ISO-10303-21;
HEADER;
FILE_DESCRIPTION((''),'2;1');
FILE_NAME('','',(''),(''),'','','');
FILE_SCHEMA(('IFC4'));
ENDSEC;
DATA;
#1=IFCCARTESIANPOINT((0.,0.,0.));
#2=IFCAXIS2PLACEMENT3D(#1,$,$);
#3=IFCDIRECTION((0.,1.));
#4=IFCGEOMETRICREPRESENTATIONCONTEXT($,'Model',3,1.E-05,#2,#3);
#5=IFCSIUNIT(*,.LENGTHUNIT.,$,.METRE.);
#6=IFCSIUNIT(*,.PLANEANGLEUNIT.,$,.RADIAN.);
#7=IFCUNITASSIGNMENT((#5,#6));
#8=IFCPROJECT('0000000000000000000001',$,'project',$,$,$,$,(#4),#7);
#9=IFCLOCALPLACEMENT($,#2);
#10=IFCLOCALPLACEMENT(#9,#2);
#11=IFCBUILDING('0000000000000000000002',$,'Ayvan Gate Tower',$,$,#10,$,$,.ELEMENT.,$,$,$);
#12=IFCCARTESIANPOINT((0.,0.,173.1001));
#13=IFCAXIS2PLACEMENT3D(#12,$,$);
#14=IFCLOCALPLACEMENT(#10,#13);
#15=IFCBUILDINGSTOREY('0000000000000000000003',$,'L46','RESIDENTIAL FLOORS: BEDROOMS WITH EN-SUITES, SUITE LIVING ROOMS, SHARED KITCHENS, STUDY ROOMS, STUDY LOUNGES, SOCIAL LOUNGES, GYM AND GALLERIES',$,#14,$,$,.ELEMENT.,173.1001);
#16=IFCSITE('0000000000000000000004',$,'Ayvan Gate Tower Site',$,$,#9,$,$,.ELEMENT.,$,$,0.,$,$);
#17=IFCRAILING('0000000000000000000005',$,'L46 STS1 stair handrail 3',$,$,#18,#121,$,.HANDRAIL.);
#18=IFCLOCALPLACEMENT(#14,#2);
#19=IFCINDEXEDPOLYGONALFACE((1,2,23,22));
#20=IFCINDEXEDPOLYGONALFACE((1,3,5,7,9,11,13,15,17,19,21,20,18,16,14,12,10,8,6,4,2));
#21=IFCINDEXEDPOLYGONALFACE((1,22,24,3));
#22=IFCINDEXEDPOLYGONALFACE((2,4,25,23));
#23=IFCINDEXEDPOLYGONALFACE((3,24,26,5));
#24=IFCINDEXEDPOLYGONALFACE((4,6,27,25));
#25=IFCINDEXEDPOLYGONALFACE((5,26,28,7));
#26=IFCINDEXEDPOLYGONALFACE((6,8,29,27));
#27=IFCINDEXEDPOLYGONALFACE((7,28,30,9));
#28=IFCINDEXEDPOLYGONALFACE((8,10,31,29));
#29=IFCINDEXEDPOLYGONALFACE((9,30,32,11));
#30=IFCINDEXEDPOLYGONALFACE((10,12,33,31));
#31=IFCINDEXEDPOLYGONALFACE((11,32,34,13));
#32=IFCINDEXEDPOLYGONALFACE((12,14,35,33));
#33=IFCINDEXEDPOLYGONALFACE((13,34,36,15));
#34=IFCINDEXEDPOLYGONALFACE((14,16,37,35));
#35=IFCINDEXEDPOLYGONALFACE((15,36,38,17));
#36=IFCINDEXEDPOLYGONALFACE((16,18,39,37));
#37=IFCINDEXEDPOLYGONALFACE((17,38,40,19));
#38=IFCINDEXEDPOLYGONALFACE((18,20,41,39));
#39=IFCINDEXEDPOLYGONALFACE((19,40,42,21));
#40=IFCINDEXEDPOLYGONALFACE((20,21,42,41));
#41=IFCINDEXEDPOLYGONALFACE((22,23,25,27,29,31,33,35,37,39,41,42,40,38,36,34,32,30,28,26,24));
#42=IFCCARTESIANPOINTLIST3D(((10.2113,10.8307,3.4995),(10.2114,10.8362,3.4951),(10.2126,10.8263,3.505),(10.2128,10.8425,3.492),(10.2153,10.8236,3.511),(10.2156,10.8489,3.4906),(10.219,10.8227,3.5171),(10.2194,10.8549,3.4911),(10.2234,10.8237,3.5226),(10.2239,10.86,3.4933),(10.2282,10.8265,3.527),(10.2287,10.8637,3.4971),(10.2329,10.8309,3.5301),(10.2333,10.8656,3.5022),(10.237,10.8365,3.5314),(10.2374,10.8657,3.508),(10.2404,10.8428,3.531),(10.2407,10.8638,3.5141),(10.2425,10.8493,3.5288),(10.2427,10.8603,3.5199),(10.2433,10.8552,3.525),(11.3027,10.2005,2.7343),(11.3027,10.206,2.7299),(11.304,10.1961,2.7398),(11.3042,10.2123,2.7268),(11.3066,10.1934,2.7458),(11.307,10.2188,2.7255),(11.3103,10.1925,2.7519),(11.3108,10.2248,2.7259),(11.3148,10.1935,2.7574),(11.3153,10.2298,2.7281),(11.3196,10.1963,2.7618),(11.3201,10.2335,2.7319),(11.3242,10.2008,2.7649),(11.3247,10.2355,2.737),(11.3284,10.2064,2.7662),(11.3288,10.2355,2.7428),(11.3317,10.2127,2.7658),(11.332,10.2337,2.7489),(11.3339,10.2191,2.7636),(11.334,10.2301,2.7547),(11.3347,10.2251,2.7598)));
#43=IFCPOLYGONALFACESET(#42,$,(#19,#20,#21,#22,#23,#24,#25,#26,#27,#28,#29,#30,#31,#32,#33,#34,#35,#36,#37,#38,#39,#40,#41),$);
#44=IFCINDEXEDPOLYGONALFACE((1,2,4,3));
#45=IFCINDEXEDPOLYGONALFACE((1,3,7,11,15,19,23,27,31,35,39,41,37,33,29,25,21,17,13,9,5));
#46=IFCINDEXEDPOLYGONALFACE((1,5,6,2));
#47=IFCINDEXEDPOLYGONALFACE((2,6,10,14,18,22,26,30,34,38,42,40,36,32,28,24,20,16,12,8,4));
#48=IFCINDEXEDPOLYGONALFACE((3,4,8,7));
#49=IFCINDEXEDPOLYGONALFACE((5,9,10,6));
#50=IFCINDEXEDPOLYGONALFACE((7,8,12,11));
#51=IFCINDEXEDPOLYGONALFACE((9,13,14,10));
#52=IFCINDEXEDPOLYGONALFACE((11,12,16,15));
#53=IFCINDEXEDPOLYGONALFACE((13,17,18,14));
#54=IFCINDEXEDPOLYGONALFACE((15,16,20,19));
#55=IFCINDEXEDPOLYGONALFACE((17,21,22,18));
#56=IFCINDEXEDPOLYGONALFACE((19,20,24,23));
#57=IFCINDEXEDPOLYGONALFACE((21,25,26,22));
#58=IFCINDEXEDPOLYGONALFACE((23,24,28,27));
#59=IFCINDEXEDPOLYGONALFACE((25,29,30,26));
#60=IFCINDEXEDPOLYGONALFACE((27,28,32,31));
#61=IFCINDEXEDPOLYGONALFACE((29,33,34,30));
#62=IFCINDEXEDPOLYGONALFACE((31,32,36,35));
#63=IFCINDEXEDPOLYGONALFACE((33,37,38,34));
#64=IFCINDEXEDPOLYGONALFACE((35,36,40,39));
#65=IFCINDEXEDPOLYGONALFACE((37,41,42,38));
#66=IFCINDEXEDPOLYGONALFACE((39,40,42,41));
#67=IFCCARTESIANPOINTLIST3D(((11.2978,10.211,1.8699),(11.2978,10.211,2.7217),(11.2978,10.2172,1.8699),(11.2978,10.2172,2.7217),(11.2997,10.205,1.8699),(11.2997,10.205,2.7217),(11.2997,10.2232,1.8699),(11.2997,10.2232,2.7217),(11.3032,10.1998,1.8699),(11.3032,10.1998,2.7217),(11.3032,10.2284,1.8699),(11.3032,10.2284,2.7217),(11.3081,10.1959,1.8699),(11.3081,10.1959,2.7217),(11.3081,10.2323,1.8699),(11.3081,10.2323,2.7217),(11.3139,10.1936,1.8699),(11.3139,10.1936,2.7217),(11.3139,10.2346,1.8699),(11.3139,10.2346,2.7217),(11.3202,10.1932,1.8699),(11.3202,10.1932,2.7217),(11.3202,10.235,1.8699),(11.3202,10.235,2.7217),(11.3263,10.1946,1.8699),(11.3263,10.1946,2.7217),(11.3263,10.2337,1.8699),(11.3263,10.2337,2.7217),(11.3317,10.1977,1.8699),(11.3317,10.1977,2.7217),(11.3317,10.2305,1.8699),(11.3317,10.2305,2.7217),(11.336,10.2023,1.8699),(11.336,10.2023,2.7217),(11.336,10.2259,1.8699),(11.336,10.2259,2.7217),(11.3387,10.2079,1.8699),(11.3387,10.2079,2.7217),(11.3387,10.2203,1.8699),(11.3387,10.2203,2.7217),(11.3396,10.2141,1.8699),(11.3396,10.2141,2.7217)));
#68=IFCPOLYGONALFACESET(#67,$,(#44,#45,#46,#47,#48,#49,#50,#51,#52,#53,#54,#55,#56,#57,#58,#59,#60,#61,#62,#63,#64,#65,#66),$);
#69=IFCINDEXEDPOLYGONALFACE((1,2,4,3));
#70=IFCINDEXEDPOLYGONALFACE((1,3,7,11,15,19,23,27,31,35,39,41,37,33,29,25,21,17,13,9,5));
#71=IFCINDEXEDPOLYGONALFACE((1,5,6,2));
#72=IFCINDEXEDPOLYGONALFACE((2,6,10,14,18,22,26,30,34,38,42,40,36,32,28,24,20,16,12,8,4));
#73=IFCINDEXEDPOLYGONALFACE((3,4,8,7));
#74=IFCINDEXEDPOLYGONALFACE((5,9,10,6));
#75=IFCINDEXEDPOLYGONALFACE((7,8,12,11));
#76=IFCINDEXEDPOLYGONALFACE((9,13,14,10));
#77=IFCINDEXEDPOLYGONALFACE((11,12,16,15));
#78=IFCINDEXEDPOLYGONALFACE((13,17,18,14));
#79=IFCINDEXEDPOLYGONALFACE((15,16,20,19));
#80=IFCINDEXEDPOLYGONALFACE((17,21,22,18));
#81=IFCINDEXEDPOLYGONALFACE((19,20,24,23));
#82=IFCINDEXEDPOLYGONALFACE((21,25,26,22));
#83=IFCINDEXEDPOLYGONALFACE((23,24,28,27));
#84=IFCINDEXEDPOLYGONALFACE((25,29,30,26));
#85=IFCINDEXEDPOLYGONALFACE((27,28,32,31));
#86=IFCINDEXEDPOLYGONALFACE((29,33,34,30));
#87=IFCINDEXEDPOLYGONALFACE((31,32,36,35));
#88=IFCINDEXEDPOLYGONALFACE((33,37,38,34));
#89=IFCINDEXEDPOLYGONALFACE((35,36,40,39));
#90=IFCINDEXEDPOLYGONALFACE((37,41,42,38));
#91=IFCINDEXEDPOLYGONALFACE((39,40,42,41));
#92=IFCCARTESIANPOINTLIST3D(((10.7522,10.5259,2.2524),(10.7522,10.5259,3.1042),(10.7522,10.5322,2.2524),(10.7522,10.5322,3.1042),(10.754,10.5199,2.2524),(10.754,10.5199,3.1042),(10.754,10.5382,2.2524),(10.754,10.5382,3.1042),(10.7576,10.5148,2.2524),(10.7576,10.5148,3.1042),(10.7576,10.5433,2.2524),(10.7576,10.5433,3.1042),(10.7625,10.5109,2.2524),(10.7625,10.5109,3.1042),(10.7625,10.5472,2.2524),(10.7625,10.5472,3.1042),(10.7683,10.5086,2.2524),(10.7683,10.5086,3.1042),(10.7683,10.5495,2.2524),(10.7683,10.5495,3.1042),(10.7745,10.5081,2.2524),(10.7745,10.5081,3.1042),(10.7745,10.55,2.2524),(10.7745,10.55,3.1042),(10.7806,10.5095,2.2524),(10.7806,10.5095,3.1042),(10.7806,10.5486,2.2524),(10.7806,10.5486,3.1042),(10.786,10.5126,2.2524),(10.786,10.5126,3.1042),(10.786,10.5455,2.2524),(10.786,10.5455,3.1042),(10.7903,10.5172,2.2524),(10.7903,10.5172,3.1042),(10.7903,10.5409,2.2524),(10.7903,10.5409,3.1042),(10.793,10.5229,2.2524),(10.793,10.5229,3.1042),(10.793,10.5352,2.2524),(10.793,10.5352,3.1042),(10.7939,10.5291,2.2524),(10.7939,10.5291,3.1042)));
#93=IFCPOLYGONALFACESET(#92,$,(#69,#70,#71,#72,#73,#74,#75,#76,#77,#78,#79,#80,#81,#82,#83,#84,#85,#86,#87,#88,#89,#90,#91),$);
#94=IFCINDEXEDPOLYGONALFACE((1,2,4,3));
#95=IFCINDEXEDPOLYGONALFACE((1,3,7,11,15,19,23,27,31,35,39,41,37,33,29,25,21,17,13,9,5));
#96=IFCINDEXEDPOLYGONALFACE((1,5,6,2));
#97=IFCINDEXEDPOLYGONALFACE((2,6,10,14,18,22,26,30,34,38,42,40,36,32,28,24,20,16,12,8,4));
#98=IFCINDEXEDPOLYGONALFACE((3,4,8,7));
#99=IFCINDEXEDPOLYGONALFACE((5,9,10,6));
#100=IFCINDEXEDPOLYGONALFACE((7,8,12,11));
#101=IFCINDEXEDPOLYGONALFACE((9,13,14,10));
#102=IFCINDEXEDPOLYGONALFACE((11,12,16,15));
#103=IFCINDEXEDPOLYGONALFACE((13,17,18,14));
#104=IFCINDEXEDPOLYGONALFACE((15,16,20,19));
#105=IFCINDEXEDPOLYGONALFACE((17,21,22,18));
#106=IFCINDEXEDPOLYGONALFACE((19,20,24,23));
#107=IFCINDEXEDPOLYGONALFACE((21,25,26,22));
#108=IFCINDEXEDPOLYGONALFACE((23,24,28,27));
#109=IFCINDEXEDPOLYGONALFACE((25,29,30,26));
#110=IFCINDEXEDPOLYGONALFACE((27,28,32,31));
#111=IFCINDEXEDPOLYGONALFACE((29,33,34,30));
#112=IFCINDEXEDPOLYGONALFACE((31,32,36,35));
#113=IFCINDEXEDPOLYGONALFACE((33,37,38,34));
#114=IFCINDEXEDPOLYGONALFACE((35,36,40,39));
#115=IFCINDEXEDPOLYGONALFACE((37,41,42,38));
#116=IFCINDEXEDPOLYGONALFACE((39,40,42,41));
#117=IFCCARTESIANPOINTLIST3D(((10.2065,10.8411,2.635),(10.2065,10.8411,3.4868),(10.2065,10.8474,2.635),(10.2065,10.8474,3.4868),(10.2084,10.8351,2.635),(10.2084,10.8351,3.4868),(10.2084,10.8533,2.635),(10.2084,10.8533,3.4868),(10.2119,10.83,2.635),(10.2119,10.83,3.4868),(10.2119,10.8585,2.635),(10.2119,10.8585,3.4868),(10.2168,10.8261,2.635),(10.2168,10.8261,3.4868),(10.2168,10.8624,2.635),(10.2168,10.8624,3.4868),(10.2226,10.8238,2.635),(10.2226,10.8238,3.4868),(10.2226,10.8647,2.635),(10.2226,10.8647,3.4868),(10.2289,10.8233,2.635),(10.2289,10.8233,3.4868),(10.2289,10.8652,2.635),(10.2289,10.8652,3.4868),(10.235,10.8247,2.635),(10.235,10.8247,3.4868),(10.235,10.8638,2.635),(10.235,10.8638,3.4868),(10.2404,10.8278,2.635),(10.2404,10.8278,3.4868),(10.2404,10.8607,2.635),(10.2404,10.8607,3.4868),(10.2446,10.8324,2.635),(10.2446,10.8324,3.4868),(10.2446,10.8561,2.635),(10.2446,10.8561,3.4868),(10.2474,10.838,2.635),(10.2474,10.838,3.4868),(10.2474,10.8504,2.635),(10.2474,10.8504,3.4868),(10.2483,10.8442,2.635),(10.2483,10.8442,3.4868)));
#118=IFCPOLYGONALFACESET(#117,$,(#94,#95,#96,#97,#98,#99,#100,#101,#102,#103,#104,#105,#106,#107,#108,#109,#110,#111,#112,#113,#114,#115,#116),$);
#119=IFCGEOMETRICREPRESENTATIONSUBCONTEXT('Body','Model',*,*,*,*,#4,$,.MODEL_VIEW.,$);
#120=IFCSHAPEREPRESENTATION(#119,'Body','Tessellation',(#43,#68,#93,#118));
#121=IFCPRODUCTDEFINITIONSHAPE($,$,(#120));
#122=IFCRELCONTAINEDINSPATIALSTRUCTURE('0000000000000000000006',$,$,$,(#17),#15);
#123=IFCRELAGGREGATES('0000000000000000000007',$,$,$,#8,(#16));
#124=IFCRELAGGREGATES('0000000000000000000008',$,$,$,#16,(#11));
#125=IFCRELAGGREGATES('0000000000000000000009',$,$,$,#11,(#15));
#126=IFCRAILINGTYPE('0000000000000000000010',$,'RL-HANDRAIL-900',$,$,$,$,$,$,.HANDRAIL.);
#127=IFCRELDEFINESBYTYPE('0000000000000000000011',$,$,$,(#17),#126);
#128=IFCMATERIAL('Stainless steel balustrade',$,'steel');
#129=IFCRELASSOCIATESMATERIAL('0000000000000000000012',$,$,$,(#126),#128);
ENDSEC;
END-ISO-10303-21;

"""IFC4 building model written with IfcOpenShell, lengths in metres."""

from ifc_helpers import new_model, si_unit, direction, frame, origin, origin_2d, place, context, subcontext, project, spatial, circle, extrude, material, type_object, element, save


model = new_model("IFC4")

# Units and contexts
model_context = context("Model", 3, precision=1e-05, world=origin(), true_north=direction((0.0, 1.0)))
body_context = subcontext(model_context, "Body", "Model", "MODEL_VIEW")
ifc_project = project(units=[si_unit("LENGTHUNIT", "METRE"), si_unit("PLANEANGLEUNIT", "RADIAN")], contexts=[model_context])

# Site, building, storey
site_placement = place(None, origin())
site = spatial("IfcSite", under=ifc_project, at=site_placement, Name="Ayvan Gate Tower Site", CompositionType="ELEMENT", RefElevation=0.0)
building_placement = place(site_placement, origin())
building = spatial("IfcBuilding", under=site, at=building_placement, Name="Ayvan Gate Tower", CompositionType="ELEMENT")
storey_placement = place(building_placement, frame((0.0, 0.0, 173.1001)))
storey = spatial("IfcBuildingStorey", under=building, at=storey_placement, Name="L46", Description="RESIDENTIAL FLOORS: BEDROOMS WITH EN-SUITES, SUITE LIVING ROOMS, SHARED KITCHENS, STUDY ROOMS, STUDY LOUNGES, SOCIAL LOUNGES, GYM AND GALLERIES", CompositionType="ELEMENT", Elevation=173.1001)

# Railing
ifc_material_1 = material(Name="Stainless steel balustrade", Category="steel")
railing_type_1 = type_object("IfcRailingType", Name="RL-HANDRAIL-900", PredefinedType="HANDRAIL", material=ifc_material_1)
railing_1_placement = place(storey_placement, frame((11.3186, 10.2141, 1.8699)))
element("IfcRailing", 1, at=railing_1_placement, inside=storey, type_object=railing_type_1, Name="L46 STS1 stair handrail 3", PredefinedType="HANDRAIL", context=body_context, shape_type="SweptSolid", body=[
    extrude(circle(Radius=0.0239, at=origin_2d()), frame((0.0, 0.0, 0.876), z_axis=(-0.740241, 0.427419, 0.518996), x_axis=(-0.500035, -0.866005, 0.0)), (0.0, 0.0, 1.0), 1.4744),
    extrude(circle(Radius=0.021, at=origin_2d()), origin(), (0.0, 0.0, 1.0), 0.8518),
    extrude(circle(Radius=0.021, at=origin_2d()), frame((-0.5457, 0.3149, 0.3826)), (0.0, 0.0, 1.0), 0.8518),
    extrude(circle(Radius=0.021, at=origin_2d()), frame((-1.0913, 0.6301, 0.7651)), (0.0, 0.0, 1.0), 0.8518),
])

save(model, "model.ifc")
